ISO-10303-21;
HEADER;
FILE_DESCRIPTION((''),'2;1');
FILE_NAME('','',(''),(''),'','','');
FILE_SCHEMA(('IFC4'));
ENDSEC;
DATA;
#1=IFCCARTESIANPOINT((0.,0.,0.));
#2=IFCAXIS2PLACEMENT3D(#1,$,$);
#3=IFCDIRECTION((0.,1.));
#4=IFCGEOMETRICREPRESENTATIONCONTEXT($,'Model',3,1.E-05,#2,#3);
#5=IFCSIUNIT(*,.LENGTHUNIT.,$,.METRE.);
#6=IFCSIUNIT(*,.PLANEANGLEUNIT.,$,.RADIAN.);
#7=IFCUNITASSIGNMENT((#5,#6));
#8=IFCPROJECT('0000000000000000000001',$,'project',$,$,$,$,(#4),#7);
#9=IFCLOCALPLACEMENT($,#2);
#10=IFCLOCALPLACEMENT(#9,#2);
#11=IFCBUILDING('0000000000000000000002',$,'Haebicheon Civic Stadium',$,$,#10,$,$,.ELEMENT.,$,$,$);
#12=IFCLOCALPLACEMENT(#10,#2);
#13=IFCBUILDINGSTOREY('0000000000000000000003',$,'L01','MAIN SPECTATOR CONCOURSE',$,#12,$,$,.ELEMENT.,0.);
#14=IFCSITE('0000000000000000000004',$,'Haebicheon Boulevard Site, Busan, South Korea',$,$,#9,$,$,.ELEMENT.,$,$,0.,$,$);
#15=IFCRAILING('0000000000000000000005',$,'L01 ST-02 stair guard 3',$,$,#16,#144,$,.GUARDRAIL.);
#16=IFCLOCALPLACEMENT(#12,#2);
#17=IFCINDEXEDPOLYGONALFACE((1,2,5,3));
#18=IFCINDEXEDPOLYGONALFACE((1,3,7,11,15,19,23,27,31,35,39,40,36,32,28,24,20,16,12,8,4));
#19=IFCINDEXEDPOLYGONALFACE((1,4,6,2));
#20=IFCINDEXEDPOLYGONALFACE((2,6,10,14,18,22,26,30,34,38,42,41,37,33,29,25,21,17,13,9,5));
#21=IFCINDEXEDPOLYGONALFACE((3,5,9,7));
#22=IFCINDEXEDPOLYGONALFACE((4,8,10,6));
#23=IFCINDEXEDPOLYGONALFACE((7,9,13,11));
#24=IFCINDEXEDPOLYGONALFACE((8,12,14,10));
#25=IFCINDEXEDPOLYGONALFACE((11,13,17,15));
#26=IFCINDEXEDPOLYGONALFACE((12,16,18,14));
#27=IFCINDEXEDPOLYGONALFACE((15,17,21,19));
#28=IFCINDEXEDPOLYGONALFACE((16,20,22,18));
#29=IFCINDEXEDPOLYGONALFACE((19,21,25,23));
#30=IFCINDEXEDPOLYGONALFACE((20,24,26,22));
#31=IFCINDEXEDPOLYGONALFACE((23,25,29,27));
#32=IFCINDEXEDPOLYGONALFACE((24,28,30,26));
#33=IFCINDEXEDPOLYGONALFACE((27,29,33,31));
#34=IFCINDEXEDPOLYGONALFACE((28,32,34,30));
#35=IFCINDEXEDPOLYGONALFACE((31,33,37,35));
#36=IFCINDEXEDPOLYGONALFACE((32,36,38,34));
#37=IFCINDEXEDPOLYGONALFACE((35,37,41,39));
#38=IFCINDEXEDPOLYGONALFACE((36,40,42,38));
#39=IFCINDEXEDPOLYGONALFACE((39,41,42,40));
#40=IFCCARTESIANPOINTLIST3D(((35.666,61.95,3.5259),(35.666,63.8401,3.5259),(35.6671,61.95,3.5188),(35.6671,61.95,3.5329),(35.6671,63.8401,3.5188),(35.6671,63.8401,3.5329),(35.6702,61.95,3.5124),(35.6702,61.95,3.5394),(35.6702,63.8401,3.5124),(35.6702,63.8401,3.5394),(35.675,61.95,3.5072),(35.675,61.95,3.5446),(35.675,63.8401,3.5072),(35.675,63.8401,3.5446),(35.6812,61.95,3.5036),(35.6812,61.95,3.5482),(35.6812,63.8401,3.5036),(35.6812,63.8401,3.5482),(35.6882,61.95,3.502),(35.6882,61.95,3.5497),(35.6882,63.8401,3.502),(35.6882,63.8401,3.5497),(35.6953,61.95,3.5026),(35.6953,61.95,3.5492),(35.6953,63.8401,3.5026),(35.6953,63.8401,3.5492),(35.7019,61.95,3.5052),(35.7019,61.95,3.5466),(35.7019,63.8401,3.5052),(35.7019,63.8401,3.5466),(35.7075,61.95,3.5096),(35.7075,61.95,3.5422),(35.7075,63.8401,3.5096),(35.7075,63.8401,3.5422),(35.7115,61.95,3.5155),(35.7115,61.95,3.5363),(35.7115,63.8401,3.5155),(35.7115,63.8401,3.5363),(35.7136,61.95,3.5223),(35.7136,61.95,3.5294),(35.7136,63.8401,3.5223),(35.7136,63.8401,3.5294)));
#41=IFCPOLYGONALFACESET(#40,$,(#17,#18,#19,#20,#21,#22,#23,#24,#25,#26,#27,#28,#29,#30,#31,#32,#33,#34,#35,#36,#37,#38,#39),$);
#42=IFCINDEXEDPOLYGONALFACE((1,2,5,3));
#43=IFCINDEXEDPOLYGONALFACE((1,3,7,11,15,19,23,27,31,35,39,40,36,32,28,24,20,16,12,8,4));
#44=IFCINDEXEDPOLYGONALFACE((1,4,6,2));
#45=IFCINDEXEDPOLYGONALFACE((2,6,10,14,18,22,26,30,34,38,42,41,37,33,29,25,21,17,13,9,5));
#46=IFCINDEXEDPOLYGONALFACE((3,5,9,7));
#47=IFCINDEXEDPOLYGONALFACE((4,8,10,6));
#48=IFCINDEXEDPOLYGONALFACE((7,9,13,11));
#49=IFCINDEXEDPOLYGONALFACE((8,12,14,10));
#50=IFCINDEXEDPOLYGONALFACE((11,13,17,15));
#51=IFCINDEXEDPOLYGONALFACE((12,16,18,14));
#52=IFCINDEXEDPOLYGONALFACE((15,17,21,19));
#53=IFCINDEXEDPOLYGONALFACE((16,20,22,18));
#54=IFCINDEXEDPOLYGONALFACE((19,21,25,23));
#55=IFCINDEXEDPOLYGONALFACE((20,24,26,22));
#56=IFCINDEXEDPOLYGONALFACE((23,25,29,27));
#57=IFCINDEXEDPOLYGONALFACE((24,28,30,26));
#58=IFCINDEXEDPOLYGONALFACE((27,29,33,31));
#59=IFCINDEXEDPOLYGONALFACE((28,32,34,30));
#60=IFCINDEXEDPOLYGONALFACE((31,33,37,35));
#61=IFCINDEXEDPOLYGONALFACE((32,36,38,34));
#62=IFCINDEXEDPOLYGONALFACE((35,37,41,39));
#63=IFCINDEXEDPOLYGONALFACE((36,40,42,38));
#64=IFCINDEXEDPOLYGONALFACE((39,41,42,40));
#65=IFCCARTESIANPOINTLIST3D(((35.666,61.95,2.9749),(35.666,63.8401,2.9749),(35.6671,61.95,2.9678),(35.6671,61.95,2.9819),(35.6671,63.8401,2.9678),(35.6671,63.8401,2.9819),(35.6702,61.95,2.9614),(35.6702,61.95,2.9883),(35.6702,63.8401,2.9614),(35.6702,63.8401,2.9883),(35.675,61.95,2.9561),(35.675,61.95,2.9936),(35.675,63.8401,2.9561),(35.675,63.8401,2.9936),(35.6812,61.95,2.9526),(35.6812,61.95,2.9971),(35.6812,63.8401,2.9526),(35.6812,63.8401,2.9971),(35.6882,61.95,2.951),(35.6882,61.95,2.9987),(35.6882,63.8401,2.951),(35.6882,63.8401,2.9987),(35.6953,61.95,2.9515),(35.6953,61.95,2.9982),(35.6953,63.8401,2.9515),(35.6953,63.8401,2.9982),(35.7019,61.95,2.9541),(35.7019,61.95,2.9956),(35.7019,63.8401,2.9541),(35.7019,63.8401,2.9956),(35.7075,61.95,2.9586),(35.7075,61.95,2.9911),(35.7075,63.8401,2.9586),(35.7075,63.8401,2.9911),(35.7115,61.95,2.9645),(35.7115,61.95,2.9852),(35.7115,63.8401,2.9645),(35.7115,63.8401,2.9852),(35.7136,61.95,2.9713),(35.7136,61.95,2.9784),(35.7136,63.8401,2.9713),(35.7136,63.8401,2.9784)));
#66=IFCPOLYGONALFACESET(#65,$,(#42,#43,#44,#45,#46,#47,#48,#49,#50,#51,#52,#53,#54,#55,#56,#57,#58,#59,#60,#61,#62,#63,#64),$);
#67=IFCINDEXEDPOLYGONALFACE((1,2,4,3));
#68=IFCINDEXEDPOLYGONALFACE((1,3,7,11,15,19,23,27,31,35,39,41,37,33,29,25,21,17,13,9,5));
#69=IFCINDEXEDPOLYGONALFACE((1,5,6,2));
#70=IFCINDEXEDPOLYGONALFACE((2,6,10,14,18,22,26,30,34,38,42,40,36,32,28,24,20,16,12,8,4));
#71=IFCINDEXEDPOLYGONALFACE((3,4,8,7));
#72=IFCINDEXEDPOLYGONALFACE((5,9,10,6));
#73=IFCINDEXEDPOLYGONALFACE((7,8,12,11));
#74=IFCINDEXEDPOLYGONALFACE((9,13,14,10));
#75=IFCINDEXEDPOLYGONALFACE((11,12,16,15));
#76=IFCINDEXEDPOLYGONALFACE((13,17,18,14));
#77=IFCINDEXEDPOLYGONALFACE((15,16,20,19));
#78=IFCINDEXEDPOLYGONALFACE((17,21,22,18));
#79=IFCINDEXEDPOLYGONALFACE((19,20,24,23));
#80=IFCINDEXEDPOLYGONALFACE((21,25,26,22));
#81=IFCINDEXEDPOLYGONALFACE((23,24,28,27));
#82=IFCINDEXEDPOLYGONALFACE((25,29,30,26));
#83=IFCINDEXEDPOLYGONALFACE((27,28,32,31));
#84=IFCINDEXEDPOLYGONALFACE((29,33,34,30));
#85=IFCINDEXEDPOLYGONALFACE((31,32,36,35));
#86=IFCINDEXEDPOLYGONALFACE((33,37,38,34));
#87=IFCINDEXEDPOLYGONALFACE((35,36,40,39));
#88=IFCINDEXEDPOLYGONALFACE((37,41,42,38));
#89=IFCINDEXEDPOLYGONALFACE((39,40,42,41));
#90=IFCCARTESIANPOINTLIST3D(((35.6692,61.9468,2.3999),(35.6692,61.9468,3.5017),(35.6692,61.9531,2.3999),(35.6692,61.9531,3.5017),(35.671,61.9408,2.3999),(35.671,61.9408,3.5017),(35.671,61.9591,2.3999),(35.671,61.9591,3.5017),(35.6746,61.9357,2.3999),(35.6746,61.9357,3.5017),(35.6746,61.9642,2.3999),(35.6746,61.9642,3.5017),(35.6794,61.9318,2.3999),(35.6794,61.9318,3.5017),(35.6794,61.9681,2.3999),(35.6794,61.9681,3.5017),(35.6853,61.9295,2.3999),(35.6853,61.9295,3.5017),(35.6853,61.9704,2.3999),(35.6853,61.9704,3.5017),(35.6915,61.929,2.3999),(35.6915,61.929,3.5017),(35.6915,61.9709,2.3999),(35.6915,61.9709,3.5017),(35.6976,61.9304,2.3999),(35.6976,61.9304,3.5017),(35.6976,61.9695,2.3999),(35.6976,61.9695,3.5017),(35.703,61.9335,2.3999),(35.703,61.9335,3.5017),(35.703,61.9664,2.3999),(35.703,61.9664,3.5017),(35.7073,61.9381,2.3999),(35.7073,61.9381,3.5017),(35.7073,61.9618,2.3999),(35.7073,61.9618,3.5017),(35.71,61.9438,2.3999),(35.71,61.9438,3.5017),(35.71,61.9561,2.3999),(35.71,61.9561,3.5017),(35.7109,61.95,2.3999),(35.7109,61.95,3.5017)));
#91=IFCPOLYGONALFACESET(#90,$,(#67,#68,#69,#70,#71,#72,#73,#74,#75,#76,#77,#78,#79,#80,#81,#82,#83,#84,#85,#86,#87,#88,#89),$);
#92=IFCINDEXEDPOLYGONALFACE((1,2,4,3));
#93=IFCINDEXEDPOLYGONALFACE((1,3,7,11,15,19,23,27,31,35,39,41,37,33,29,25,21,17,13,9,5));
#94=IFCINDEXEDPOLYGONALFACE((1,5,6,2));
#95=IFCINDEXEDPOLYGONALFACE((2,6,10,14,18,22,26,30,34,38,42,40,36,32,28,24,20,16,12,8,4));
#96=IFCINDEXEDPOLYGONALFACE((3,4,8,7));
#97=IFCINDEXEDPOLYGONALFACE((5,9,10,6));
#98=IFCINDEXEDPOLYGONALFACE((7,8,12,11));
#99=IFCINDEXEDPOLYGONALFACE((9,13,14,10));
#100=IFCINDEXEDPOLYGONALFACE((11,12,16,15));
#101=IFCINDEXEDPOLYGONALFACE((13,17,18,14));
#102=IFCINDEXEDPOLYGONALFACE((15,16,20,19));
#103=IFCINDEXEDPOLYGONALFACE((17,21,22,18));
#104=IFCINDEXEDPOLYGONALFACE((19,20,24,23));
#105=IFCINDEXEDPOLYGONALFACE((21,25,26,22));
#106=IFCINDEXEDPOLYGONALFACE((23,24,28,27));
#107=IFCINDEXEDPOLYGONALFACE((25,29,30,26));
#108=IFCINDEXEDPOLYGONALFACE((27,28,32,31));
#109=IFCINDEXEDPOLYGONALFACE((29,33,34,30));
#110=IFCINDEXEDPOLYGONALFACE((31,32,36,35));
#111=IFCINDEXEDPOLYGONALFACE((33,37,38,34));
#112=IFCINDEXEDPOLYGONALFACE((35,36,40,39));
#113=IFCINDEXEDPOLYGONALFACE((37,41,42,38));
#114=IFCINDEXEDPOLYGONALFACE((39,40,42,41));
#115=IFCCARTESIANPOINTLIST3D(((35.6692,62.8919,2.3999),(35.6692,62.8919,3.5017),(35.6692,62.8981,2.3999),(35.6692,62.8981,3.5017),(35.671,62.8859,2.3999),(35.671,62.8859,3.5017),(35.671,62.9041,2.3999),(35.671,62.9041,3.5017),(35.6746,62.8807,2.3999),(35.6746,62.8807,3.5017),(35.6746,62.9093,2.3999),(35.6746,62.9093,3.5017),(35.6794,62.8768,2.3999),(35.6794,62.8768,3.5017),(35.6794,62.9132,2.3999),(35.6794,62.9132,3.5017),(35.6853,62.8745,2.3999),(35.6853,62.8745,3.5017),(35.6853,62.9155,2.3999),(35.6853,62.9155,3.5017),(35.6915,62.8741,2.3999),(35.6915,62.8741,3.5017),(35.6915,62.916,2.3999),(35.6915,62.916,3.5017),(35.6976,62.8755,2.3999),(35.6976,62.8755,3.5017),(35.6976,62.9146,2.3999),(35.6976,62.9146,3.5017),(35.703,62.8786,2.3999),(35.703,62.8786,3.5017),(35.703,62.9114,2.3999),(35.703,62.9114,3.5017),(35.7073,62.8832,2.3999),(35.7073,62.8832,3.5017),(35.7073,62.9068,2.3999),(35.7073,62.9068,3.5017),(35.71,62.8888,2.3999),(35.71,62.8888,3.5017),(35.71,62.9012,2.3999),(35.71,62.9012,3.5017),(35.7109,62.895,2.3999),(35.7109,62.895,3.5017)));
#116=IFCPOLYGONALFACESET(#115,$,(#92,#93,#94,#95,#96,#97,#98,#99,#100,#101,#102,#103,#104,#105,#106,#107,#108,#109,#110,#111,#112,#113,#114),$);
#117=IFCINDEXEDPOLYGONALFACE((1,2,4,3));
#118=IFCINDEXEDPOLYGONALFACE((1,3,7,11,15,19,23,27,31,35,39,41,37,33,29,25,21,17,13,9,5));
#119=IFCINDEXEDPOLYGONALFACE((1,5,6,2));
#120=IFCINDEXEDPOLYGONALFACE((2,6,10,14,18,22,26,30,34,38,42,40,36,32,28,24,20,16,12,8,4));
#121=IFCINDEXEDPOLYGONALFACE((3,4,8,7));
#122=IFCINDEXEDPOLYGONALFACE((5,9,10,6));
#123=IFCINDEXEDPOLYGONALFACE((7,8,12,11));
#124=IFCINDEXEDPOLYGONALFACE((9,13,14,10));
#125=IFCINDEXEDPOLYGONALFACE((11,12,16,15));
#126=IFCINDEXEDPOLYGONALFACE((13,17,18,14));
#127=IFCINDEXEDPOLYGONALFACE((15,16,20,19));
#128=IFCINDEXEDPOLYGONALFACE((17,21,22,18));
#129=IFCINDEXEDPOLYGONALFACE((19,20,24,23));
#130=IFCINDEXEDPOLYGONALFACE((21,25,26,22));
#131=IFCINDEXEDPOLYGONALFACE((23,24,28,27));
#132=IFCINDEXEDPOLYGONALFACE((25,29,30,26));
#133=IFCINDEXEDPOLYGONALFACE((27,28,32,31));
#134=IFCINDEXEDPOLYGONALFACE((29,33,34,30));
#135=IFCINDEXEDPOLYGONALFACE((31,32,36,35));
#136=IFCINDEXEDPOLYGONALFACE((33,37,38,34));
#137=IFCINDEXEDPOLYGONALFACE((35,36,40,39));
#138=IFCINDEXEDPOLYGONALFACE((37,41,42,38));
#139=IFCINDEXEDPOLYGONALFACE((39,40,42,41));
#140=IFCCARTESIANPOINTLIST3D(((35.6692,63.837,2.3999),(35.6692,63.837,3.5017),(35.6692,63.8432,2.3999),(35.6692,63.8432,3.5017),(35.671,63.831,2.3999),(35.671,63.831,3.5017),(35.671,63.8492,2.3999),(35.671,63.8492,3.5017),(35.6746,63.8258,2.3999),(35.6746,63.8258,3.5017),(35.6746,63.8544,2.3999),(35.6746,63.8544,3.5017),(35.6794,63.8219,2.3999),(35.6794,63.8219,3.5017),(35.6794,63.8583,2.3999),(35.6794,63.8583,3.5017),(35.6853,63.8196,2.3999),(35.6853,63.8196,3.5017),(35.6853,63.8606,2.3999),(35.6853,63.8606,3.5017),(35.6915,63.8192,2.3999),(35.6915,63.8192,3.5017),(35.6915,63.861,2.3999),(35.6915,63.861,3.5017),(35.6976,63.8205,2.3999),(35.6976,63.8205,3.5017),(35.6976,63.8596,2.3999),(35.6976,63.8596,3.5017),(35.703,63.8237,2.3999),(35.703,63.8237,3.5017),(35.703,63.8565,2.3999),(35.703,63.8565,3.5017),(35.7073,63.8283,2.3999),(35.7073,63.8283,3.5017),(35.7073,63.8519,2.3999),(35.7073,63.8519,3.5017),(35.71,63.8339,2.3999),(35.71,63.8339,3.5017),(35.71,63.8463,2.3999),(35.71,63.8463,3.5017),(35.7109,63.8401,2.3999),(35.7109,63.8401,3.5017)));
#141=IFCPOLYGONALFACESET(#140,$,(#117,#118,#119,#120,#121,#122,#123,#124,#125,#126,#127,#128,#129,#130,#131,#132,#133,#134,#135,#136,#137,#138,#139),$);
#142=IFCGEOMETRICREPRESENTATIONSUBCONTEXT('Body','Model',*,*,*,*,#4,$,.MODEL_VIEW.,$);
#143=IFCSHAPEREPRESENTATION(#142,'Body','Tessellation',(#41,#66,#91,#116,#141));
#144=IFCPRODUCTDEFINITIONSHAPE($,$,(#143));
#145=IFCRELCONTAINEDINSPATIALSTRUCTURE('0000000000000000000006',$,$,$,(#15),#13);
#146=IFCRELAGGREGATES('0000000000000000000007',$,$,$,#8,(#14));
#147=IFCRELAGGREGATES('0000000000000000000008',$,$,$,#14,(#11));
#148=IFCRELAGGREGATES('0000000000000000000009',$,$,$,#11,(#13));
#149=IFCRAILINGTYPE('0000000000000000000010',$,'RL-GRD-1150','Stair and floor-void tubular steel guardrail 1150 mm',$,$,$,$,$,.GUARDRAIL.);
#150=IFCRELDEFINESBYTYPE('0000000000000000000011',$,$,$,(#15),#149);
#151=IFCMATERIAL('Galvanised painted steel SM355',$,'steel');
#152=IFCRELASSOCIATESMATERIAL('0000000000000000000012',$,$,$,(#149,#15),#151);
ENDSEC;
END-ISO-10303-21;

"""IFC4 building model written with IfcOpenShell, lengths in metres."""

from ifc_helpers import new_model, si_unit, direction, frame, origin, origin_2d, place, context, subcontext, project, spatial, circle, extrude, material, type_object, element, save


model = new_model("IFC4")

# Units and contexts
model_context = context("Model", 3, precision=1e-05, world=origin(), true_north=direction((0.0, 1.0)))
body_context = subcontext(model_context, "Body", "Model", "MODEL_VIEW")
ifc_project = project(units=[si_unit("LENGTHUNIT", "METRE"), si_unit("PLANEANGLEUNIT", "RADIAN")], contexts=[model_context])

# Site, building, storey
site_placement = place(None, origin())
site = spatial("IfcSite", under=ifc_project, at=site_placement, Name="Haebicheon Boulevard Site, Busan, South Korea", CompositionType="ELEMENT", RefElevation=0.0)
building_placement = place(site_placement, origin())
building = spatial("IfcBuilding", under=site, at=building_placement, Name="Haebicheon Civic Stadium", CompositionType="ELEMENT")
storey_placement = place(building_placement, origin())
storey = spatial("IfcBuildingStorey", under=building, at=storey_placement, Name="L01", Description="MAIN SPECTATOR CONCOURSE", CompositionType="ELEMENT", Elevation=0.0)

# Railing
ifc_material_1 = material(Name="Galvanised painted steel SM355", Category="steel")
railing_type_1 = type_object("IfcRailingType", Name="RL-GRD-1150", Description="Stair and floor-void tubular steel guardrail 1150 mm", PredefinedType="GUARDRAIL", material=ifc_material_1)
for number, where, name in (
    (1, (35.6899, 61.95, 2.3999), "L01 ST-02 stair guard 3"),
):
    element("IfcRailing", number, at=place(storey_placement, frame(where)), inside=storey, type_object=railing_type_1, material=ifc_material_1, Name=name, PredefinedType="GUARDRAIL", context=body_context, shape_type="SweptSolid", body=[
        extrude(circle(Radius=0.0239, at=origin_2d()), frame((0.0, 0.0, 1.126), z_axis=(0.0, 1.0, 0.0), x_axis=(-1.0, 0.0, 0.0)), (0.0, 0.0, 1.0), 1.8901),
        extrude(circle(Radius=0.0239, at=origin_2d()), frame((0.0, 0.0, 0.575), z_axis=(0.0, 1.0, 0.0), x_axis=(-1.0, 0.0, 0.0)), (0.0, 0.0, 1.0), 1.8901),
        extrude(circle(Radius=0.021, at=origin_2d()), origin(), (0.0, 0.0, 1.0), 1.1018),
        extrude(circle(Radius=0.021, at=origin_2d()), frame((0.0, 0.9451, 0.0)), (0.0, 0.0, 1.0), 1.1018),
        extrude(circle(Radius=0.021, at=origin_2d()), frame((0.0, 1.8901, 0.0)), (0.0, 0.0, 1.0), 1.1018),
    ])

save(model, "model.ifc")
